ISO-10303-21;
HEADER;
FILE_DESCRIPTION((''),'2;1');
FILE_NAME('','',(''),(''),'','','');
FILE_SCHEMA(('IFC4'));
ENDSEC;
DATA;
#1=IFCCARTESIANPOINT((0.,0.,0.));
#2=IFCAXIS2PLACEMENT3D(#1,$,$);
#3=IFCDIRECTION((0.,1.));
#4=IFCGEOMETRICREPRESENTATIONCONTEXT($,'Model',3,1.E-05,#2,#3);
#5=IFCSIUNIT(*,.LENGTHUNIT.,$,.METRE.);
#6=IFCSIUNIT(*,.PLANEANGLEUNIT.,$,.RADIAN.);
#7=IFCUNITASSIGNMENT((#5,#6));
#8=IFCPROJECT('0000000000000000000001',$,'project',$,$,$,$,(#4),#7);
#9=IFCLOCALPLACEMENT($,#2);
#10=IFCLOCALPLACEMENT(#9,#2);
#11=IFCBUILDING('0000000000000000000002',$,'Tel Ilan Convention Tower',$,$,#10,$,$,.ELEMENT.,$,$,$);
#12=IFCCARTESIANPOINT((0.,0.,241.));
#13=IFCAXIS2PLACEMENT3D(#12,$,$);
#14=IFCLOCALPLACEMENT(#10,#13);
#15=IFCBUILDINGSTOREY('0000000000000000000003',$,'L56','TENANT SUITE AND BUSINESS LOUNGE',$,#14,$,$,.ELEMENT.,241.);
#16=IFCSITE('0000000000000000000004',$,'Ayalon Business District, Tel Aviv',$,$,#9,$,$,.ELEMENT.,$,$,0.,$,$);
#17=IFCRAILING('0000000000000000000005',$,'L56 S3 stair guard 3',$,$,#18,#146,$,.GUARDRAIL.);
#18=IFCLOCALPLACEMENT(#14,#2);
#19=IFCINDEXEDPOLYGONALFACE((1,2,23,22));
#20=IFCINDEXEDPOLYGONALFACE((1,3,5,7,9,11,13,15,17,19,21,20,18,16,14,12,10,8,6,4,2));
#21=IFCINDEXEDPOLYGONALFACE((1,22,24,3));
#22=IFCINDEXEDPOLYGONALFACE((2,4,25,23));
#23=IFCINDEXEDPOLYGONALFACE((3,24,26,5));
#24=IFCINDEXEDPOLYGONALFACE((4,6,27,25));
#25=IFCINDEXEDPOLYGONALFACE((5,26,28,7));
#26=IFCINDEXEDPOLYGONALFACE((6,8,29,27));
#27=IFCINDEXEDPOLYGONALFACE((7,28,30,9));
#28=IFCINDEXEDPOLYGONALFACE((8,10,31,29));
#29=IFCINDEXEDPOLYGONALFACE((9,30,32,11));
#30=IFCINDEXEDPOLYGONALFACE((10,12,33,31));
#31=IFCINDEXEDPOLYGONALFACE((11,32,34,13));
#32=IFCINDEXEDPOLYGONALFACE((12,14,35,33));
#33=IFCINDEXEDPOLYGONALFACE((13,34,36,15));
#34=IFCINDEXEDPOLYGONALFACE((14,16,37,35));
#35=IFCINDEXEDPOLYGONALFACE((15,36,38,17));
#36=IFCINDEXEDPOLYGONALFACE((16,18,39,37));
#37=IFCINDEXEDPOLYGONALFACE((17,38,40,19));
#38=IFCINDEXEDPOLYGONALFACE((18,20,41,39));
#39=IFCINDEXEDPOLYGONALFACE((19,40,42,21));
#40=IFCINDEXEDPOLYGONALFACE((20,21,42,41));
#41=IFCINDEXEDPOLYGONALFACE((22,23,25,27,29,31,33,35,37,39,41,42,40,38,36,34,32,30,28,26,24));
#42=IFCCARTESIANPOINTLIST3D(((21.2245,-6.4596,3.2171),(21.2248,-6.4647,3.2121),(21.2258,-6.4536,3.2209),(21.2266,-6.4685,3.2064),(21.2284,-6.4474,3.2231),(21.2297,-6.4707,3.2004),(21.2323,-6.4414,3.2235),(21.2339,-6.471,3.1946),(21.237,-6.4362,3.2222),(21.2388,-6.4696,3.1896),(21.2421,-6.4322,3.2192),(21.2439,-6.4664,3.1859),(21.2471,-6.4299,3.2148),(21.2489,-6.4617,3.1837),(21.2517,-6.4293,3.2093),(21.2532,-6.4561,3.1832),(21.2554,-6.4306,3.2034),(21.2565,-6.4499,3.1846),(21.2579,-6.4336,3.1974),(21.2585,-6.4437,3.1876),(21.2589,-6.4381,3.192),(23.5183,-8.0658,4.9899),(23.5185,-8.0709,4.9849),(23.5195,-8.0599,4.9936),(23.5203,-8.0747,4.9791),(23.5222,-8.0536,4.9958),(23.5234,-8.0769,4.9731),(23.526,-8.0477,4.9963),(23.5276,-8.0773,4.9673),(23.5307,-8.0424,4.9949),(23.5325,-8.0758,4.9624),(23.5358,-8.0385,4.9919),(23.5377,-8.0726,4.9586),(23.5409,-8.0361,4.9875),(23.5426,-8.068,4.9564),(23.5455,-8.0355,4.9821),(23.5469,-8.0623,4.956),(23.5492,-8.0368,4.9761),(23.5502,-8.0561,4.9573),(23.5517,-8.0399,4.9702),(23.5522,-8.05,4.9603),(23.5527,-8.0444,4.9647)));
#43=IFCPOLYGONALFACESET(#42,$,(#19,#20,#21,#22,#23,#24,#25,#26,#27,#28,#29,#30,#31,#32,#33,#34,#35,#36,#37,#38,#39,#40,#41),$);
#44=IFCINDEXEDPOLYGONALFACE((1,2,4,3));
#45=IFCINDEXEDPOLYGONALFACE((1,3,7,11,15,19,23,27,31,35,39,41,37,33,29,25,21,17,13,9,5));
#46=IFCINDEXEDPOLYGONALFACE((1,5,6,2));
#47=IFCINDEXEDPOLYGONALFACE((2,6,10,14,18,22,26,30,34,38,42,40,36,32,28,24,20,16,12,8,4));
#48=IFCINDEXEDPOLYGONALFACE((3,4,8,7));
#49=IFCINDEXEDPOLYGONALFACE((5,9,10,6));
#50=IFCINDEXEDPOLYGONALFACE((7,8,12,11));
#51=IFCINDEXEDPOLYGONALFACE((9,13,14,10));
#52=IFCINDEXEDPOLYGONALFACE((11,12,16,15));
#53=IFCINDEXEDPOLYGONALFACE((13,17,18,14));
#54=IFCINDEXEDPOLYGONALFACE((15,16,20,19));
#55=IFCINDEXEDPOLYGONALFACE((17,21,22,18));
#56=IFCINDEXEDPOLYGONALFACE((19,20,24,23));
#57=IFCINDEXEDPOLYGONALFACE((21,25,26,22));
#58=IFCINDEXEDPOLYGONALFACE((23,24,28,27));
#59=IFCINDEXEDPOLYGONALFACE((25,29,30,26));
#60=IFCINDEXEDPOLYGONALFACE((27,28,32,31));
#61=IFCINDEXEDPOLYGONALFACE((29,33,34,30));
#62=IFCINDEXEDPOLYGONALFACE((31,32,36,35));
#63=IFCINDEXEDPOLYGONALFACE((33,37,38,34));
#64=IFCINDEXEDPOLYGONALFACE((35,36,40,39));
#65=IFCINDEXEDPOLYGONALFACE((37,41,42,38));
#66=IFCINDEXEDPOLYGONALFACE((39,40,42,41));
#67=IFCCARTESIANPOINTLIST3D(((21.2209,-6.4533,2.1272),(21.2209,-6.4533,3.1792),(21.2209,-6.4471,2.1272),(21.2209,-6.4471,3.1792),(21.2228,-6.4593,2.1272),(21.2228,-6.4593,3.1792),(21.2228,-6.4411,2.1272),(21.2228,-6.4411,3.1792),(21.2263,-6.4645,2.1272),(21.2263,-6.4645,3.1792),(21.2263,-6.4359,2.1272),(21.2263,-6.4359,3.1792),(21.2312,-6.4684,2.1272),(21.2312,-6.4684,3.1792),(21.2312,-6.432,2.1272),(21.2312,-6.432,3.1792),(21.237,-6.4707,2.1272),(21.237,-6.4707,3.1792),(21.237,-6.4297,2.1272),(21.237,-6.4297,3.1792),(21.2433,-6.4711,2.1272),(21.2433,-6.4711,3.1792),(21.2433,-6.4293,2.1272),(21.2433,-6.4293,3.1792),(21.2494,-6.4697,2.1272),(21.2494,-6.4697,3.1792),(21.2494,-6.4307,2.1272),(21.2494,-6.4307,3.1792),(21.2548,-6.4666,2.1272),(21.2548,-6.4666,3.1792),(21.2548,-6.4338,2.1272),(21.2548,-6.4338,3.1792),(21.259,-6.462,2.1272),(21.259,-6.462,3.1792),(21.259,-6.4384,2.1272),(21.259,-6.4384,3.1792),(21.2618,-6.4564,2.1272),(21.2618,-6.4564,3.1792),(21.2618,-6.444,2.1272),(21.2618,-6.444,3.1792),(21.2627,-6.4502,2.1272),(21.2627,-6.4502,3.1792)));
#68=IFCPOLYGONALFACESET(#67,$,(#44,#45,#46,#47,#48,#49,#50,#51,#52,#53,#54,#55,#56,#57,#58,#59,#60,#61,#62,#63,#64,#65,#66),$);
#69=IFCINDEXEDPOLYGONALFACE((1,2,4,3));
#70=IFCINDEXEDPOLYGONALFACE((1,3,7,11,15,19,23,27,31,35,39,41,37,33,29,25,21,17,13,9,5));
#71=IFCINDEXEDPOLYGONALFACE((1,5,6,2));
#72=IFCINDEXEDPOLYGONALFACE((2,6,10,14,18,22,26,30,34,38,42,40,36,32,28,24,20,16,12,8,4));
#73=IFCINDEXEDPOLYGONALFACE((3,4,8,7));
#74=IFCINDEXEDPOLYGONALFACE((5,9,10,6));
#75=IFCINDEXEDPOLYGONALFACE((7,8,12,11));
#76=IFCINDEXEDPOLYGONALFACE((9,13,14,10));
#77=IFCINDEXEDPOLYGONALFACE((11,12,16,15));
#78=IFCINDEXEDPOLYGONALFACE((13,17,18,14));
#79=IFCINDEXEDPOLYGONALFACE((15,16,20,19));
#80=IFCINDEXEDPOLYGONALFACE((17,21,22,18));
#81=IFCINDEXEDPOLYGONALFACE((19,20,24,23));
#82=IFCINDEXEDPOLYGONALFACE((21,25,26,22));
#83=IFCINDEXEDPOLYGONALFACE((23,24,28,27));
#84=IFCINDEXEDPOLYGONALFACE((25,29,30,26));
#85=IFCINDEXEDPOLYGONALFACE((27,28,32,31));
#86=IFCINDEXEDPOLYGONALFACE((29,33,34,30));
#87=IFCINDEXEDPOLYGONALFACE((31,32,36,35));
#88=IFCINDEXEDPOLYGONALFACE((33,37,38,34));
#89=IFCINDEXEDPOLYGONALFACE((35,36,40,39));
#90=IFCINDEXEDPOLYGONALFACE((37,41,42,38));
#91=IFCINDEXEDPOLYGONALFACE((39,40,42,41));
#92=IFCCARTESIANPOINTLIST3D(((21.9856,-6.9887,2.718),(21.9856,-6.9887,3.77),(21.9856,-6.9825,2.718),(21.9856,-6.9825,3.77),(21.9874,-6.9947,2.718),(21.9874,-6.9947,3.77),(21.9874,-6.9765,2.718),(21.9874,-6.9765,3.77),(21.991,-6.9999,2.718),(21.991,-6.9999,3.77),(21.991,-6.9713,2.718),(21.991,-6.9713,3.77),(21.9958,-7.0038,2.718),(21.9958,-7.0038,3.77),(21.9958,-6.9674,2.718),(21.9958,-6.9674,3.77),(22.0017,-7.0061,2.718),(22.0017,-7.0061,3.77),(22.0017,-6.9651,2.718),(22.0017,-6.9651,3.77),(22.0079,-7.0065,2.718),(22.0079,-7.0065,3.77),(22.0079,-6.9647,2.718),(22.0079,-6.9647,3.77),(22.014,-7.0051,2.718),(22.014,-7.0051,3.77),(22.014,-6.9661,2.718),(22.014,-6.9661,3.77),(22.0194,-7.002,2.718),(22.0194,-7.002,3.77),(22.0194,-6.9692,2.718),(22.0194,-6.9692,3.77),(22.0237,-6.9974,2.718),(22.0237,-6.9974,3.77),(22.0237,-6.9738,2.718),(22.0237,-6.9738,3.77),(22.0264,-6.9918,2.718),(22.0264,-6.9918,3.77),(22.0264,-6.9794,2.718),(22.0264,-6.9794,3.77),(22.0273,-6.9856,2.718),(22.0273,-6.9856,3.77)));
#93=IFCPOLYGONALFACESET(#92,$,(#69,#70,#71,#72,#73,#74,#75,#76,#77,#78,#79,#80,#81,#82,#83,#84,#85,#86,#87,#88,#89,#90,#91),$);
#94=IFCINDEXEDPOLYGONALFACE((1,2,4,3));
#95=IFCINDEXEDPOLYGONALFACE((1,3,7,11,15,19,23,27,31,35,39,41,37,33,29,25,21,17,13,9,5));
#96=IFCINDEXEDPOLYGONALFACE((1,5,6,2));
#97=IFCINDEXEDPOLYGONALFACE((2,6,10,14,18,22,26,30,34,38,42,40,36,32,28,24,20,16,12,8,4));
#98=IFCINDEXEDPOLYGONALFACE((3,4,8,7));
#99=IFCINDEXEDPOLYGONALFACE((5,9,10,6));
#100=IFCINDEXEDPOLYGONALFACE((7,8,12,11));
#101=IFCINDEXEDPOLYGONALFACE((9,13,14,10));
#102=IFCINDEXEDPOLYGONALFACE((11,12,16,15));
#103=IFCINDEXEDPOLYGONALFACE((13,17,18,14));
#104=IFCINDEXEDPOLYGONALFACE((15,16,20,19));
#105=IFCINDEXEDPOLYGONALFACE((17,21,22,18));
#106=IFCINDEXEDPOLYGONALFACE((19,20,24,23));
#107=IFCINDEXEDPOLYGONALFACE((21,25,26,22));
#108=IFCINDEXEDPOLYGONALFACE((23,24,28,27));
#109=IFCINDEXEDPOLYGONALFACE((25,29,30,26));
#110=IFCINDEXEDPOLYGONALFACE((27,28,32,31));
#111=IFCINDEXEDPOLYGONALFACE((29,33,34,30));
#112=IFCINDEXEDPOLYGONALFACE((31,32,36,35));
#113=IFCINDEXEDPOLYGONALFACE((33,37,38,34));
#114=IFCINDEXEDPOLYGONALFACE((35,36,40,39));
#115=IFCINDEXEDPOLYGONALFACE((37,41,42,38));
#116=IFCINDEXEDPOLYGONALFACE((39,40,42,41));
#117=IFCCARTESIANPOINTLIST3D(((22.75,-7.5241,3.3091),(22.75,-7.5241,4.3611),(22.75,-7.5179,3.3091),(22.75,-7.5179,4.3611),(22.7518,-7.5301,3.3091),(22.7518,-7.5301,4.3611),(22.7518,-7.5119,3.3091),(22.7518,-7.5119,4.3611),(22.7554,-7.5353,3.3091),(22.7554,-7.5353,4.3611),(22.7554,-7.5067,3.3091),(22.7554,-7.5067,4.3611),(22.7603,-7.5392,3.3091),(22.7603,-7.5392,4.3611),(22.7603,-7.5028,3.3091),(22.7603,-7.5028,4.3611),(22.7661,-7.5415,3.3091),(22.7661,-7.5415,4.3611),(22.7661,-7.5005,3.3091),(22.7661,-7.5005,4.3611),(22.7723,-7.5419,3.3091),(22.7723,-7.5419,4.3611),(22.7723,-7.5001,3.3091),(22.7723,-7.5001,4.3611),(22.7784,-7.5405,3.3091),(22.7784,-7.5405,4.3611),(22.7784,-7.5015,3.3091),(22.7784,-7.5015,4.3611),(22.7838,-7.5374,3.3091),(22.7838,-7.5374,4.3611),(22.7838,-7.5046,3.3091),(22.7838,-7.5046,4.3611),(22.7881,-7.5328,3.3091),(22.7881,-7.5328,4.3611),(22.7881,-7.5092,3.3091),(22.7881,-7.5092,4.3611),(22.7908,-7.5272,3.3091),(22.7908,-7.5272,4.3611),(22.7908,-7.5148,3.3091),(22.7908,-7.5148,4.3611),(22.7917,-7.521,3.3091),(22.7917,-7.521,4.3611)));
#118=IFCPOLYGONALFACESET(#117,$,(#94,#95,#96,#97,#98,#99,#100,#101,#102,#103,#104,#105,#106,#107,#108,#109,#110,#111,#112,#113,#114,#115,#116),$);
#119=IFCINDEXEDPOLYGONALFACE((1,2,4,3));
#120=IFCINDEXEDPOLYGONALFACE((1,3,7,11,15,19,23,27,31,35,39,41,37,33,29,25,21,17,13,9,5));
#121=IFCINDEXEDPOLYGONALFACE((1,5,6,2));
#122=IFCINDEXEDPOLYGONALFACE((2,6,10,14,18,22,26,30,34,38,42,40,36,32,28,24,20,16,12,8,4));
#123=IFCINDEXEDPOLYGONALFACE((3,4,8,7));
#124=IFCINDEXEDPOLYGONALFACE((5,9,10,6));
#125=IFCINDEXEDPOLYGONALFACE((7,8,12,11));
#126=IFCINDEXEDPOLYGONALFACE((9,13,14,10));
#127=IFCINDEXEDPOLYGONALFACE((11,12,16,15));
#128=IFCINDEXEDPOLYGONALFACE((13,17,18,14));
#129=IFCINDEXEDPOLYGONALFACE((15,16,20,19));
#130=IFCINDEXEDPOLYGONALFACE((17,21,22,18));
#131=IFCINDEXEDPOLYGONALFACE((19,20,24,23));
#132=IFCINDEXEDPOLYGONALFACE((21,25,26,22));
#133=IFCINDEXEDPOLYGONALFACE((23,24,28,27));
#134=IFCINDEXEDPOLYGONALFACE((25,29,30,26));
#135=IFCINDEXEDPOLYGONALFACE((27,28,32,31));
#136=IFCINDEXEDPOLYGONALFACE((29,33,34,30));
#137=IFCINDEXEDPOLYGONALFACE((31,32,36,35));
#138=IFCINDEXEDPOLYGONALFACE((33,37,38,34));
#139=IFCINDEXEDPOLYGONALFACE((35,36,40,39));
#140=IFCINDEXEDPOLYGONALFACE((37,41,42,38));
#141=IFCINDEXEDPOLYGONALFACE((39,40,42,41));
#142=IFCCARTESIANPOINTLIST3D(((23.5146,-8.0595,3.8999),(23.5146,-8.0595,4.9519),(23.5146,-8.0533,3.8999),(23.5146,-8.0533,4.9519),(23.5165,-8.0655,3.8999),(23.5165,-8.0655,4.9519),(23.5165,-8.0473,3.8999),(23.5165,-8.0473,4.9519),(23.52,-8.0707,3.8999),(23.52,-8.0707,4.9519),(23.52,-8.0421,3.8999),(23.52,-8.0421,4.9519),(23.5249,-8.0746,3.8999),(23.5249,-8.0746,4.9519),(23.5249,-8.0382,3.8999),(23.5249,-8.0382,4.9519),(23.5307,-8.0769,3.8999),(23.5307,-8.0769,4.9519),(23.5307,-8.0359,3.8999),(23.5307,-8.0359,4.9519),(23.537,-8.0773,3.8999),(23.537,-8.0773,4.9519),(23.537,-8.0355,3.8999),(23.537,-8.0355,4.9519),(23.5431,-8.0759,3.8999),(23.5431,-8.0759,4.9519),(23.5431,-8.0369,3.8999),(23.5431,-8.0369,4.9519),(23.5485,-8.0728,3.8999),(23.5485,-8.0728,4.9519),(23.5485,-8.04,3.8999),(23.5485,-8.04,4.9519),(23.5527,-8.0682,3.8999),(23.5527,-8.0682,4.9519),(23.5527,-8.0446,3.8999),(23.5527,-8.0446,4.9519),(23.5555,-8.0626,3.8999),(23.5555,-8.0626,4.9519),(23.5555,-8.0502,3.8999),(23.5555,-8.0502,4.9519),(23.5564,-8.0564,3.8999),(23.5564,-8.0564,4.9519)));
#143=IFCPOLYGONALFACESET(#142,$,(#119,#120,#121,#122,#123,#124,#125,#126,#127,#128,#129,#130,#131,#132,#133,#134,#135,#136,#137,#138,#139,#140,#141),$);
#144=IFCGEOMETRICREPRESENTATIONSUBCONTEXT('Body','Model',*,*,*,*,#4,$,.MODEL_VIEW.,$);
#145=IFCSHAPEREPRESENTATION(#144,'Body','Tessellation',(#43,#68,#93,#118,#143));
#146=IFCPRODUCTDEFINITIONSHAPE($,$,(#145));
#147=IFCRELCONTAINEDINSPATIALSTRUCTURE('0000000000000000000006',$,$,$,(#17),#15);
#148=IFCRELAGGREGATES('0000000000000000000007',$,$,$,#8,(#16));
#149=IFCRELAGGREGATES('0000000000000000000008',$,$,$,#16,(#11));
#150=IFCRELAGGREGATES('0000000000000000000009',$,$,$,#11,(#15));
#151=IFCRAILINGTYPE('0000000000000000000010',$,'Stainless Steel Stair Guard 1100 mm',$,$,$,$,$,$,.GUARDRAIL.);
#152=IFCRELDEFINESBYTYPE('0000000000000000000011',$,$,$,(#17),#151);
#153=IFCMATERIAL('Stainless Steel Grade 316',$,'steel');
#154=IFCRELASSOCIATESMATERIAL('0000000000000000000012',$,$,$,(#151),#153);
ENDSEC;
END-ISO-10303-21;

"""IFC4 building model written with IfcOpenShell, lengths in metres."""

from ifc_helpers import new_model, si_unit, direction, frame, origin, origin_2d, place, context, subcontext, project, spatial, circle, extrude, material, type_object, element, save


model = new_model("IFC4")

# Units and contexts
model_context = context("Model", 3, precision=1e-05, world=origin(), true_north=direction((0.0, 1.0)))
body_context = subcontext(model_context, "Body", "Model", "MODEL_VIEW")
ifc_project = project(units=[si_unit("LENGTHUNIT", "METRE"), si_unit("PLANEANGLEUNIT", "RADIAN")], contexts=[model_context])

# Site, building, storey
site_placement = place(None, origin())
site = spatial("IfcSite", under=ifc_project, at=site_placement, Name="Ayalon Business District, Tel Aviv", CompositionType="ELEMENT", RefElevation=0.0)
building_placement = place(site_placement, origin())
building = spatial("IfcBuilding", under=site, at=building_placement, Name="Tel Ilan Convention Tower", CompositionType="ELEMENT")
storey_placement = place(building_placement, frame((0.0, 0.0, 241.0)))
storey = spatial("IfcBuildingStorey", under=building, at=storey_placement, Name="L56", Description="TENANT SUITE AND BUSINESS LOUNGE", CompositionType="ELEMENT", Elevation=241.0)

# Railing
ifc_material_1 = material(Name="Stainless Steel Grade 316", Category="steel")
railing_type_1 = type_object("IfcRailingType", Name="Stainless Steel Stair Guard 1100 mm", PredefinedType="GUARDRAIL", material=ifc_material_1)
railing_1_placement = place(storey_placement, frame((21.2417, -6.4502, 2.1272)))
element("IfcRailing", 1, at=railing_1_placement, inside=storey, type_object=railing_type_1, Name="L56 S3 stair guard 3", PredefinedType="GUARDRAIL", context=body_context, shape_type="SweptSolid", body=[
    extrude(circle(Radius=0.0239, at=origin_2d()), frame((0.0, 0.0, 1.0762), z_axis=(0.692098, -0.484653, 0.534894), x_axis=(0.573609, 0.81913, 0.0)), (0.0, 0.0, 1.0), 3.3142),
    extrude(circle(Radius=0.021, at=origin_2d()), origin(), (0.0, 0.0, 1.0), 1.052),
    extrude(circle(Radius=0.021, at=origin_2d()), frame((0.7646, -0.5354, 0.5908)), (0.0, 0.0, 1.0), 1.052),
    extrude(circle(Radius=0.021, at=origin_2d()), frame((1.5291, -1.0708, 1.1819)), (0.0, 0.0, 1.0), 1.052),
    extrude(circle(Radius=0.021, at=origin_2d()), frame((2.2937, -1.6062, 1.7727)), (0.0, 0.0, 1.0), 1.052),
])

save(model, "model.ifc")
